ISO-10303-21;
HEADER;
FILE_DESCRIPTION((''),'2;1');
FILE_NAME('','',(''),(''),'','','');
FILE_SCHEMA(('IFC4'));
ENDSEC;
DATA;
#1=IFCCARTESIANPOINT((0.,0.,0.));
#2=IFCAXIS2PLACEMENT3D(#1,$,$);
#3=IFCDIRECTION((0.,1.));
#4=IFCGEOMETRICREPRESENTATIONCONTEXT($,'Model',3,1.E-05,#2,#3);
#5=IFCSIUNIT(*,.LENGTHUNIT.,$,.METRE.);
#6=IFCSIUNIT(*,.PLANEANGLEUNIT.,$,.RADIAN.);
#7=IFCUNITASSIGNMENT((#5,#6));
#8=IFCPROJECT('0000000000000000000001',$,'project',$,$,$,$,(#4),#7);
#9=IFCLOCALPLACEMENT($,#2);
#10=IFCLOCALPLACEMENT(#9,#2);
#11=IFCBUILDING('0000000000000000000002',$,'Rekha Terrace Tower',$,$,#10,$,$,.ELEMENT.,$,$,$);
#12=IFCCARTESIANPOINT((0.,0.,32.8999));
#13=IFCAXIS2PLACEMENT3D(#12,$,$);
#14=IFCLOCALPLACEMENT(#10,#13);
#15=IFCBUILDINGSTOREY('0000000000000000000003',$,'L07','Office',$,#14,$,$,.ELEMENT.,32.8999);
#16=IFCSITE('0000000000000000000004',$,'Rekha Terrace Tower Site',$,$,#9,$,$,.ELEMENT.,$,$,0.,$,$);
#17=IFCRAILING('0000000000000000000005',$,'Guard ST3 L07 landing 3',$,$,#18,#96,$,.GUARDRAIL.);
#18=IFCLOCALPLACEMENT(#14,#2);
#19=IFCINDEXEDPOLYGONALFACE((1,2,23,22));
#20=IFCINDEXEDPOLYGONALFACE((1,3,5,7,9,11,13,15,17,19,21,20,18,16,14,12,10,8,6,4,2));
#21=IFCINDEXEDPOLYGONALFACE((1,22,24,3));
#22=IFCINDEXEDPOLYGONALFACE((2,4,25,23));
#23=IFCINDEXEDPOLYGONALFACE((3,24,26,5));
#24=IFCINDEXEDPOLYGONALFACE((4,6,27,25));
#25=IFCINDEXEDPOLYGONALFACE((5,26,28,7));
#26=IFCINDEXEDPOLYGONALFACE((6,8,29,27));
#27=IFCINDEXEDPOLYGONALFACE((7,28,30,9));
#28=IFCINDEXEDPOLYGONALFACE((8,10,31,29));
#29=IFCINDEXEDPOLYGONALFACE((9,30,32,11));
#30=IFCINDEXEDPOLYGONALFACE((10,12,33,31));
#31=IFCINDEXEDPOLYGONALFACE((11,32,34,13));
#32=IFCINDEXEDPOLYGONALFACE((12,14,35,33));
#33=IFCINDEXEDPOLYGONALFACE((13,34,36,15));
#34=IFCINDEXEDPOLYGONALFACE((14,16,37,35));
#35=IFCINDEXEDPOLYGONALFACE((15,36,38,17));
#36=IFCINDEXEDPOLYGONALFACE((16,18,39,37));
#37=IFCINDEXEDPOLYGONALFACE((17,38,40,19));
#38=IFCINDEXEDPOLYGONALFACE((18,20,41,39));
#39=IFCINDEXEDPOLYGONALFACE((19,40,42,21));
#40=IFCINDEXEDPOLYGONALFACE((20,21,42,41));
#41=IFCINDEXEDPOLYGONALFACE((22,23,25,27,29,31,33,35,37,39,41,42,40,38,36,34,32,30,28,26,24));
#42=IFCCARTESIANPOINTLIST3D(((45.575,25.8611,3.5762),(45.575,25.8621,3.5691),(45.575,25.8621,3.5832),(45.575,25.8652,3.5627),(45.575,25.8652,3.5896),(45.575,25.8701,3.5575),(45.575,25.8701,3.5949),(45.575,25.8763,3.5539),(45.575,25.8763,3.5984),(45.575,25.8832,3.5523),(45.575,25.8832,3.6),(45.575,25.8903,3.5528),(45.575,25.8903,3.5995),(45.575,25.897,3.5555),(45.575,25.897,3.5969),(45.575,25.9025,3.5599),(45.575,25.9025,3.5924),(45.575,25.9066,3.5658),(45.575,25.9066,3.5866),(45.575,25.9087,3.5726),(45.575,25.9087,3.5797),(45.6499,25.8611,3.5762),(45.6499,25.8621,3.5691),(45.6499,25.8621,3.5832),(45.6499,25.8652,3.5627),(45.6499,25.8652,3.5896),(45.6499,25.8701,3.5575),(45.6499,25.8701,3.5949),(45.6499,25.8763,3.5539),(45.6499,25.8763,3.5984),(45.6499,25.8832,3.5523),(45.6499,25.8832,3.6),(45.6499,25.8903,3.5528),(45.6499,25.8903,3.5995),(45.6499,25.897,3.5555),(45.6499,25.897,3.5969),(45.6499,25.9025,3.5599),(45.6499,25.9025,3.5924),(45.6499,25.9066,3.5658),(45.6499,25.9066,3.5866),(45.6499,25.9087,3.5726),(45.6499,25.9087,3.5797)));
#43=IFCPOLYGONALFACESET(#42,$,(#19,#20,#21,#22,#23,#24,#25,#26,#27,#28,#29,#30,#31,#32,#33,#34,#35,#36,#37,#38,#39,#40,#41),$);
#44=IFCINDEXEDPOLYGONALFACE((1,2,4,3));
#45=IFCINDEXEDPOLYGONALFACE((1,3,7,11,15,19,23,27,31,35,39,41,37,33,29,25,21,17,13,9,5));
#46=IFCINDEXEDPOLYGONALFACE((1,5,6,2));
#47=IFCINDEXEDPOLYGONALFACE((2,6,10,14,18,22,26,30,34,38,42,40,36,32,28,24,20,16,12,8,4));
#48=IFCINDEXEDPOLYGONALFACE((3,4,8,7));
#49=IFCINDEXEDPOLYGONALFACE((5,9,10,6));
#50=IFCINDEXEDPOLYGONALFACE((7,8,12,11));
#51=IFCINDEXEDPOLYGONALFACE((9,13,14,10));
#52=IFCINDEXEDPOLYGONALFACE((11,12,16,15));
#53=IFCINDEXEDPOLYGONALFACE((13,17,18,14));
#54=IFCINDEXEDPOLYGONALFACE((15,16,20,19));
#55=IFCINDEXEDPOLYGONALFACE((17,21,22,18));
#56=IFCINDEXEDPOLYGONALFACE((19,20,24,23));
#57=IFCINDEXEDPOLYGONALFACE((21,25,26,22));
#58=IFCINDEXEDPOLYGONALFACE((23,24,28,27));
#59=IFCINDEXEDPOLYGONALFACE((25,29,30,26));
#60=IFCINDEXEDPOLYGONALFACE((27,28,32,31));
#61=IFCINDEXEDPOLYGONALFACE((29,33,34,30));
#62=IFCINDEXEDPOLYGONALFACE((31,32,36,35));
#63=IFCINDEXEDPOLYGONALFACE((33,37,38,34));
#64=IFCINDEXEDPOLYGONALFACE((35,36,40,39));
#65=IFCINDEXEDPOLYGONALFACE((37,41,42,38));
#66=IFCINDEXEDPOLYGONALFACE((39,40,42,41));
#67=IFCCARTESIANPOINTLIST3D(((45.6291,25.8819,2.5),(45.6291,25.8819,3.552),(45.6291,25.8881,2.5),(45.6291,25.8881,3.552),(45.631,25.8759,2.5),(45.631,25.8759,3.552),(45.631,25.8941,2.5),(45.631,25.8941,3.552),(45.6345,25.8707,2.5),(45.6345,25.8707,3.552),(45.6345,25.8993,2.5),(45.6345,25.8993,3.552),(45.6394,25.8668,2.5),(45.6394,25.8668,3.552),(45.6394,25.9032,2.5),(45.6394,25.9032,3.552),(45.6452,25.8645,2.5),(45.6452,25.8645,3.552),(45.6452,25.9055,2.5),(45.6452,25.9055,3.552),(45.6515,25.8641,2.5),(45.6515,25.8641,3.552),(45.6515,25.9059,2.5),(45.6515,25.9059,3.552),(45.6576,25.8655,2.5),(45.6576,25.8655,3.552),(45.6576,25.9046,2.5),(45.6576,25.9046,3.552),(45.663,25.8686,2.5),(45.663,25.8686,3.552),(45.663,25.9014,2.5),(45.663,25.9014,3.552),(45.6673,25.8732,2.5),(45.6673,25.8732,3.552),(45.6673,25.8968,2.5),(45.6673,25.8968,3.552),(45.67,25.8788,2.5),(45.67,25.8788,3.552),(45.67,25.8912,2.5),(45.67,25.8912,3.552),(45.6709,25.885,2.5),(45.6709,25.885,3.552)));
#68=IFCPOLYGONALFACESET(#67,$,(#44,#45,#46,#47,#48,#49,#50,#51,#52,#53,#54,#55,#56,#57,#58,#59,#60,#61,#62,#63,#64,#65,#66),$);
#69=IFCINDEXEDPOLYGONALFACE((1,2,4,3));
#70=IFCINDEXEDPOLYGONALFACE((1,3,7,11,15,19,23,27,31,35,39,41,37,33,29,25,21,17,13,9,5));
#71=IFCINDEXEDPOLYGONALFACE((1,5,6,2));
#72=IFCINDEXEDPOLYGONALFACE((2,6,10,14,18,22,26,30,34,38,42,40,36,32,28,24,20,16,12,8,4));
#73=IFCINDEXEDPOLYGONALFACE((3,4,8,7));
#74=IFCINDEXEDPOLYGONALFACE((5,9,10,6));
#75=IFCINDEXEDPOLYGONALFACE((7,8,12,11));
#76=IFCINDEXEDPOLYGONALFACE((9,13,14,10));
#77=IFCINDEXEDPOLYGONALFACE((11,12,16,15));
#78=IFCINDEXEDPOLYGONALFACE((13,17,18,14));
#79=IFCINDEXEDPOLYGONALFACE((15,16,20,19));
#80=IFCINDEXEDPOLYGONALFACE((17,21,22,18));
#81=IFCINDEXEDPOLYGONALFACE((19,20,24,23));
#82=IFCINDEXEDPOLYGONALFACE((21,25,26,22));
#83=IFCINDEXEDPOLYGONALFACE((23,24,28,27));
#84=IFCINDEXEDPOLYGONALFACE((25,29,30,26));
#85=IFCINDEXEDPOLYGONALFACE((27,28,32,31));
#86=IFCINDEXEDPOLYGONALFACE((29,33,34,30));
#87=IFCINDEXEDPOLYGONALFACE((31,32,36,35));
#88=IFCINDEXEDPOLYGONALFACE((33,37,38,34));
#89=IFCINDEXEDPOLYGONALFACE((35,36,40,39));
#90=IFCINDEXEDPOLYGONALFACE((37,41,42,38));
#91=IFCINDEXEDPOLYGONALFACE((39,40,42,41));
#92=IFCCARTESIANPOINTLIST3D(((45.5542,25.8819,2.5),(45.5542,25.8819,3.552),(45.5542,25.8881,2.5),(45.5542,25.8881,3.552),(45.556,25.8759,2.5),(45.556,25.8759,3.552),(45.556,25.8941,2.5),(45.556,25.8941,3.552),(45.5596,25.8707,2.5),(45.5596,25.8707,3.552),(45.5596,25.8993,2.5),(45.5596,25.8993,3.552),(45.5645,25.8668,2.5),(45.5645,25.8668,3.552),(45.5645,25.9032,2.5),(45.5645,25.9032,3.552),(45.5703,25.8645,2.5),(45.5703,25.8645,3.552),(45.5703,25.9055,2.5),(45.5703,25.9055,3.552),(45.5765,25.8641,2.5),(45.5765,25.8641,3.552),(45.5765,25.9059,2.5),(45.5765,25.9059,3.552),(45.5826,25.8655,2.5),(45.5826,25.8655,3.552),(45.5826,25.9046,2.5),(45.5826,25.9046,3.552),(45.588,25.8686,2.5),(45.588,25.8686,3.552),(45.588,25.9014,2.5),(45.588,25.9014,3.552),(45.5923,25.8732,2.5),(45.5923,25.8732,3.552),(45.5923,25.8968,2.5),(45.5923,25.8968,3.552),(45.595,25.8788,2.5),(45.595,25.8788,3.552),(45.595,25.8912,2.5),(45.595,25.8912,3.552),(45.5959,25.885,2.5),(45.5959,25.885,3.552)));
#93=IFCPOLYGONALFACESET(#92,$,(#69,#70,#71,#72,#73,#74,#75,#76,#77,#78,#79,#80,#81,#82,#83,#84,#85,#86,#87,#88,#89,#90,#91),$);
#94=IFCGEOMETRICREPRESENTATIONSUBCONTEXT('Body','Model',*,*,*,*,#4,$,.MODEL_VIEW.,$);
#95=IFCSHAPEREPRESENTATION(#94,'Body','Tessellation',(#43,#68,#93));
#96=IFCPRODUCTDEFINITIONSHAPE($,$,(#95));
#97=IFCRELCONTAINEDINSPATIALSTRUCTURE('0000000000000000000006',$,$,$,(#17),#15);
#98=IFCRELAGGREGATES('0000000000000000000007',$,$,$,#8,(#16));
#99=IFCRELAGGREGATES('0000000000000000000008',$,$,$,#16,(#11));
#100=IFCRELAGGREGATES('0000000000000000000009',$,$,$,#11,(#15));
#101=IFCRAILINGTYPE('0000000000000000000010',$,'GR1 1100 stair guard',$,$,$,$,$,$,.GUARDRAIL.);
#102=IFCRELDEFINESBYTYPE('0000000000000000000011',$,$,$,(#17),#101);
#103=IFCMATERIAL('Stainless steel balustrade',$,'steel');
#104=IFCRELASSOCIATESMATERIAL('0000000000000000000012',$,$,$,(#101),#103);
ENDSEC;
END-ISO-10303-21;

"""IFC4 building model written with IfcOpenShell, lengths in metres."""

from ifc_helpers import new_model, si_unit, direction, frame, origin, origin_2d, place, context, subcontext, project, spatial, circle, extrude, material, type_object, element, save


model = new_model("IFC4")

# Units and contexts
model_context = context("Model", 3, precision=1e-05, world=origin(), true_north=direction((0.0, 1.0)))
body_context = subcontext(model_context, "Body", "Model", "MODEL_VIEW")
ifc_project = project(units=[si_unit("LENGTHUNIT", "METRE"), si_unit("PLANEANGLEUNIT", "RADIAN")], contexts=[model_context])

# Site, building, storey
site_placement = place(None, origin())
site = spatial("IfcSite", under=ifc_project, at=site_placement, Name="Rekha Terrace Tower Site", CompositionType="ELEMENT", RefElevation=0.0)
building_placement = place(site_placement, origin())
building = spatial("IfcBuilding", under=site, at=building_placement, Name="Rekha Terrace Tower", CompositionType="ELEMENT")
storey_placement = place(building_placement, frame((0.0, 0.0, 32.8999)))
storey = spatial("IfcBuildingStorey", under=building, at=storey_placement, Name="L07", Description="Office", CompositionType="ELEMENT", Elevation=32.8999)

# Railing
ifc_material_1 = material(Name="Stainless steel balustrade", Category="steel")
railing_type_1 = type_object("IfcRailingType", Name="GR1 1100 stair guard", PredefinedType="GUARDRAIL", material=ifc_material_1)
railing_1_placement = place(storey_placement, frame((45.6499, 25.885, 2.5)))
element("IfcRailing", 1, at=railing_1_placement, inside=storey, type_object=railing_type_1, Name="Guard ST3 L07 landing 3", PredefinedType="GUARDRAIL", context=body_context, shape_type="SweptSolid", body=[
    extrude(circle(Radius=0.0239, at=origin_2d()), frame((0.0, 0.0, 1.0762), z_axis=(-1.0, 0.0, 0.0), x_axis=(0.0, -1.0, 0.0)), (0.0, 0.0, 1.0), 0.075),
    extrude(circle(Radius=0.021, at=origin_2d()), origin(), (0.0, 0.0, 1.0), 1.052),
    extrude(circle(Radius=0.021, at=origin_2d()), frame((-0.075, 0.0, 0.0)), (0.0, 0.0, 1.0), 1.052),
])

save(model, "model.ifc")
